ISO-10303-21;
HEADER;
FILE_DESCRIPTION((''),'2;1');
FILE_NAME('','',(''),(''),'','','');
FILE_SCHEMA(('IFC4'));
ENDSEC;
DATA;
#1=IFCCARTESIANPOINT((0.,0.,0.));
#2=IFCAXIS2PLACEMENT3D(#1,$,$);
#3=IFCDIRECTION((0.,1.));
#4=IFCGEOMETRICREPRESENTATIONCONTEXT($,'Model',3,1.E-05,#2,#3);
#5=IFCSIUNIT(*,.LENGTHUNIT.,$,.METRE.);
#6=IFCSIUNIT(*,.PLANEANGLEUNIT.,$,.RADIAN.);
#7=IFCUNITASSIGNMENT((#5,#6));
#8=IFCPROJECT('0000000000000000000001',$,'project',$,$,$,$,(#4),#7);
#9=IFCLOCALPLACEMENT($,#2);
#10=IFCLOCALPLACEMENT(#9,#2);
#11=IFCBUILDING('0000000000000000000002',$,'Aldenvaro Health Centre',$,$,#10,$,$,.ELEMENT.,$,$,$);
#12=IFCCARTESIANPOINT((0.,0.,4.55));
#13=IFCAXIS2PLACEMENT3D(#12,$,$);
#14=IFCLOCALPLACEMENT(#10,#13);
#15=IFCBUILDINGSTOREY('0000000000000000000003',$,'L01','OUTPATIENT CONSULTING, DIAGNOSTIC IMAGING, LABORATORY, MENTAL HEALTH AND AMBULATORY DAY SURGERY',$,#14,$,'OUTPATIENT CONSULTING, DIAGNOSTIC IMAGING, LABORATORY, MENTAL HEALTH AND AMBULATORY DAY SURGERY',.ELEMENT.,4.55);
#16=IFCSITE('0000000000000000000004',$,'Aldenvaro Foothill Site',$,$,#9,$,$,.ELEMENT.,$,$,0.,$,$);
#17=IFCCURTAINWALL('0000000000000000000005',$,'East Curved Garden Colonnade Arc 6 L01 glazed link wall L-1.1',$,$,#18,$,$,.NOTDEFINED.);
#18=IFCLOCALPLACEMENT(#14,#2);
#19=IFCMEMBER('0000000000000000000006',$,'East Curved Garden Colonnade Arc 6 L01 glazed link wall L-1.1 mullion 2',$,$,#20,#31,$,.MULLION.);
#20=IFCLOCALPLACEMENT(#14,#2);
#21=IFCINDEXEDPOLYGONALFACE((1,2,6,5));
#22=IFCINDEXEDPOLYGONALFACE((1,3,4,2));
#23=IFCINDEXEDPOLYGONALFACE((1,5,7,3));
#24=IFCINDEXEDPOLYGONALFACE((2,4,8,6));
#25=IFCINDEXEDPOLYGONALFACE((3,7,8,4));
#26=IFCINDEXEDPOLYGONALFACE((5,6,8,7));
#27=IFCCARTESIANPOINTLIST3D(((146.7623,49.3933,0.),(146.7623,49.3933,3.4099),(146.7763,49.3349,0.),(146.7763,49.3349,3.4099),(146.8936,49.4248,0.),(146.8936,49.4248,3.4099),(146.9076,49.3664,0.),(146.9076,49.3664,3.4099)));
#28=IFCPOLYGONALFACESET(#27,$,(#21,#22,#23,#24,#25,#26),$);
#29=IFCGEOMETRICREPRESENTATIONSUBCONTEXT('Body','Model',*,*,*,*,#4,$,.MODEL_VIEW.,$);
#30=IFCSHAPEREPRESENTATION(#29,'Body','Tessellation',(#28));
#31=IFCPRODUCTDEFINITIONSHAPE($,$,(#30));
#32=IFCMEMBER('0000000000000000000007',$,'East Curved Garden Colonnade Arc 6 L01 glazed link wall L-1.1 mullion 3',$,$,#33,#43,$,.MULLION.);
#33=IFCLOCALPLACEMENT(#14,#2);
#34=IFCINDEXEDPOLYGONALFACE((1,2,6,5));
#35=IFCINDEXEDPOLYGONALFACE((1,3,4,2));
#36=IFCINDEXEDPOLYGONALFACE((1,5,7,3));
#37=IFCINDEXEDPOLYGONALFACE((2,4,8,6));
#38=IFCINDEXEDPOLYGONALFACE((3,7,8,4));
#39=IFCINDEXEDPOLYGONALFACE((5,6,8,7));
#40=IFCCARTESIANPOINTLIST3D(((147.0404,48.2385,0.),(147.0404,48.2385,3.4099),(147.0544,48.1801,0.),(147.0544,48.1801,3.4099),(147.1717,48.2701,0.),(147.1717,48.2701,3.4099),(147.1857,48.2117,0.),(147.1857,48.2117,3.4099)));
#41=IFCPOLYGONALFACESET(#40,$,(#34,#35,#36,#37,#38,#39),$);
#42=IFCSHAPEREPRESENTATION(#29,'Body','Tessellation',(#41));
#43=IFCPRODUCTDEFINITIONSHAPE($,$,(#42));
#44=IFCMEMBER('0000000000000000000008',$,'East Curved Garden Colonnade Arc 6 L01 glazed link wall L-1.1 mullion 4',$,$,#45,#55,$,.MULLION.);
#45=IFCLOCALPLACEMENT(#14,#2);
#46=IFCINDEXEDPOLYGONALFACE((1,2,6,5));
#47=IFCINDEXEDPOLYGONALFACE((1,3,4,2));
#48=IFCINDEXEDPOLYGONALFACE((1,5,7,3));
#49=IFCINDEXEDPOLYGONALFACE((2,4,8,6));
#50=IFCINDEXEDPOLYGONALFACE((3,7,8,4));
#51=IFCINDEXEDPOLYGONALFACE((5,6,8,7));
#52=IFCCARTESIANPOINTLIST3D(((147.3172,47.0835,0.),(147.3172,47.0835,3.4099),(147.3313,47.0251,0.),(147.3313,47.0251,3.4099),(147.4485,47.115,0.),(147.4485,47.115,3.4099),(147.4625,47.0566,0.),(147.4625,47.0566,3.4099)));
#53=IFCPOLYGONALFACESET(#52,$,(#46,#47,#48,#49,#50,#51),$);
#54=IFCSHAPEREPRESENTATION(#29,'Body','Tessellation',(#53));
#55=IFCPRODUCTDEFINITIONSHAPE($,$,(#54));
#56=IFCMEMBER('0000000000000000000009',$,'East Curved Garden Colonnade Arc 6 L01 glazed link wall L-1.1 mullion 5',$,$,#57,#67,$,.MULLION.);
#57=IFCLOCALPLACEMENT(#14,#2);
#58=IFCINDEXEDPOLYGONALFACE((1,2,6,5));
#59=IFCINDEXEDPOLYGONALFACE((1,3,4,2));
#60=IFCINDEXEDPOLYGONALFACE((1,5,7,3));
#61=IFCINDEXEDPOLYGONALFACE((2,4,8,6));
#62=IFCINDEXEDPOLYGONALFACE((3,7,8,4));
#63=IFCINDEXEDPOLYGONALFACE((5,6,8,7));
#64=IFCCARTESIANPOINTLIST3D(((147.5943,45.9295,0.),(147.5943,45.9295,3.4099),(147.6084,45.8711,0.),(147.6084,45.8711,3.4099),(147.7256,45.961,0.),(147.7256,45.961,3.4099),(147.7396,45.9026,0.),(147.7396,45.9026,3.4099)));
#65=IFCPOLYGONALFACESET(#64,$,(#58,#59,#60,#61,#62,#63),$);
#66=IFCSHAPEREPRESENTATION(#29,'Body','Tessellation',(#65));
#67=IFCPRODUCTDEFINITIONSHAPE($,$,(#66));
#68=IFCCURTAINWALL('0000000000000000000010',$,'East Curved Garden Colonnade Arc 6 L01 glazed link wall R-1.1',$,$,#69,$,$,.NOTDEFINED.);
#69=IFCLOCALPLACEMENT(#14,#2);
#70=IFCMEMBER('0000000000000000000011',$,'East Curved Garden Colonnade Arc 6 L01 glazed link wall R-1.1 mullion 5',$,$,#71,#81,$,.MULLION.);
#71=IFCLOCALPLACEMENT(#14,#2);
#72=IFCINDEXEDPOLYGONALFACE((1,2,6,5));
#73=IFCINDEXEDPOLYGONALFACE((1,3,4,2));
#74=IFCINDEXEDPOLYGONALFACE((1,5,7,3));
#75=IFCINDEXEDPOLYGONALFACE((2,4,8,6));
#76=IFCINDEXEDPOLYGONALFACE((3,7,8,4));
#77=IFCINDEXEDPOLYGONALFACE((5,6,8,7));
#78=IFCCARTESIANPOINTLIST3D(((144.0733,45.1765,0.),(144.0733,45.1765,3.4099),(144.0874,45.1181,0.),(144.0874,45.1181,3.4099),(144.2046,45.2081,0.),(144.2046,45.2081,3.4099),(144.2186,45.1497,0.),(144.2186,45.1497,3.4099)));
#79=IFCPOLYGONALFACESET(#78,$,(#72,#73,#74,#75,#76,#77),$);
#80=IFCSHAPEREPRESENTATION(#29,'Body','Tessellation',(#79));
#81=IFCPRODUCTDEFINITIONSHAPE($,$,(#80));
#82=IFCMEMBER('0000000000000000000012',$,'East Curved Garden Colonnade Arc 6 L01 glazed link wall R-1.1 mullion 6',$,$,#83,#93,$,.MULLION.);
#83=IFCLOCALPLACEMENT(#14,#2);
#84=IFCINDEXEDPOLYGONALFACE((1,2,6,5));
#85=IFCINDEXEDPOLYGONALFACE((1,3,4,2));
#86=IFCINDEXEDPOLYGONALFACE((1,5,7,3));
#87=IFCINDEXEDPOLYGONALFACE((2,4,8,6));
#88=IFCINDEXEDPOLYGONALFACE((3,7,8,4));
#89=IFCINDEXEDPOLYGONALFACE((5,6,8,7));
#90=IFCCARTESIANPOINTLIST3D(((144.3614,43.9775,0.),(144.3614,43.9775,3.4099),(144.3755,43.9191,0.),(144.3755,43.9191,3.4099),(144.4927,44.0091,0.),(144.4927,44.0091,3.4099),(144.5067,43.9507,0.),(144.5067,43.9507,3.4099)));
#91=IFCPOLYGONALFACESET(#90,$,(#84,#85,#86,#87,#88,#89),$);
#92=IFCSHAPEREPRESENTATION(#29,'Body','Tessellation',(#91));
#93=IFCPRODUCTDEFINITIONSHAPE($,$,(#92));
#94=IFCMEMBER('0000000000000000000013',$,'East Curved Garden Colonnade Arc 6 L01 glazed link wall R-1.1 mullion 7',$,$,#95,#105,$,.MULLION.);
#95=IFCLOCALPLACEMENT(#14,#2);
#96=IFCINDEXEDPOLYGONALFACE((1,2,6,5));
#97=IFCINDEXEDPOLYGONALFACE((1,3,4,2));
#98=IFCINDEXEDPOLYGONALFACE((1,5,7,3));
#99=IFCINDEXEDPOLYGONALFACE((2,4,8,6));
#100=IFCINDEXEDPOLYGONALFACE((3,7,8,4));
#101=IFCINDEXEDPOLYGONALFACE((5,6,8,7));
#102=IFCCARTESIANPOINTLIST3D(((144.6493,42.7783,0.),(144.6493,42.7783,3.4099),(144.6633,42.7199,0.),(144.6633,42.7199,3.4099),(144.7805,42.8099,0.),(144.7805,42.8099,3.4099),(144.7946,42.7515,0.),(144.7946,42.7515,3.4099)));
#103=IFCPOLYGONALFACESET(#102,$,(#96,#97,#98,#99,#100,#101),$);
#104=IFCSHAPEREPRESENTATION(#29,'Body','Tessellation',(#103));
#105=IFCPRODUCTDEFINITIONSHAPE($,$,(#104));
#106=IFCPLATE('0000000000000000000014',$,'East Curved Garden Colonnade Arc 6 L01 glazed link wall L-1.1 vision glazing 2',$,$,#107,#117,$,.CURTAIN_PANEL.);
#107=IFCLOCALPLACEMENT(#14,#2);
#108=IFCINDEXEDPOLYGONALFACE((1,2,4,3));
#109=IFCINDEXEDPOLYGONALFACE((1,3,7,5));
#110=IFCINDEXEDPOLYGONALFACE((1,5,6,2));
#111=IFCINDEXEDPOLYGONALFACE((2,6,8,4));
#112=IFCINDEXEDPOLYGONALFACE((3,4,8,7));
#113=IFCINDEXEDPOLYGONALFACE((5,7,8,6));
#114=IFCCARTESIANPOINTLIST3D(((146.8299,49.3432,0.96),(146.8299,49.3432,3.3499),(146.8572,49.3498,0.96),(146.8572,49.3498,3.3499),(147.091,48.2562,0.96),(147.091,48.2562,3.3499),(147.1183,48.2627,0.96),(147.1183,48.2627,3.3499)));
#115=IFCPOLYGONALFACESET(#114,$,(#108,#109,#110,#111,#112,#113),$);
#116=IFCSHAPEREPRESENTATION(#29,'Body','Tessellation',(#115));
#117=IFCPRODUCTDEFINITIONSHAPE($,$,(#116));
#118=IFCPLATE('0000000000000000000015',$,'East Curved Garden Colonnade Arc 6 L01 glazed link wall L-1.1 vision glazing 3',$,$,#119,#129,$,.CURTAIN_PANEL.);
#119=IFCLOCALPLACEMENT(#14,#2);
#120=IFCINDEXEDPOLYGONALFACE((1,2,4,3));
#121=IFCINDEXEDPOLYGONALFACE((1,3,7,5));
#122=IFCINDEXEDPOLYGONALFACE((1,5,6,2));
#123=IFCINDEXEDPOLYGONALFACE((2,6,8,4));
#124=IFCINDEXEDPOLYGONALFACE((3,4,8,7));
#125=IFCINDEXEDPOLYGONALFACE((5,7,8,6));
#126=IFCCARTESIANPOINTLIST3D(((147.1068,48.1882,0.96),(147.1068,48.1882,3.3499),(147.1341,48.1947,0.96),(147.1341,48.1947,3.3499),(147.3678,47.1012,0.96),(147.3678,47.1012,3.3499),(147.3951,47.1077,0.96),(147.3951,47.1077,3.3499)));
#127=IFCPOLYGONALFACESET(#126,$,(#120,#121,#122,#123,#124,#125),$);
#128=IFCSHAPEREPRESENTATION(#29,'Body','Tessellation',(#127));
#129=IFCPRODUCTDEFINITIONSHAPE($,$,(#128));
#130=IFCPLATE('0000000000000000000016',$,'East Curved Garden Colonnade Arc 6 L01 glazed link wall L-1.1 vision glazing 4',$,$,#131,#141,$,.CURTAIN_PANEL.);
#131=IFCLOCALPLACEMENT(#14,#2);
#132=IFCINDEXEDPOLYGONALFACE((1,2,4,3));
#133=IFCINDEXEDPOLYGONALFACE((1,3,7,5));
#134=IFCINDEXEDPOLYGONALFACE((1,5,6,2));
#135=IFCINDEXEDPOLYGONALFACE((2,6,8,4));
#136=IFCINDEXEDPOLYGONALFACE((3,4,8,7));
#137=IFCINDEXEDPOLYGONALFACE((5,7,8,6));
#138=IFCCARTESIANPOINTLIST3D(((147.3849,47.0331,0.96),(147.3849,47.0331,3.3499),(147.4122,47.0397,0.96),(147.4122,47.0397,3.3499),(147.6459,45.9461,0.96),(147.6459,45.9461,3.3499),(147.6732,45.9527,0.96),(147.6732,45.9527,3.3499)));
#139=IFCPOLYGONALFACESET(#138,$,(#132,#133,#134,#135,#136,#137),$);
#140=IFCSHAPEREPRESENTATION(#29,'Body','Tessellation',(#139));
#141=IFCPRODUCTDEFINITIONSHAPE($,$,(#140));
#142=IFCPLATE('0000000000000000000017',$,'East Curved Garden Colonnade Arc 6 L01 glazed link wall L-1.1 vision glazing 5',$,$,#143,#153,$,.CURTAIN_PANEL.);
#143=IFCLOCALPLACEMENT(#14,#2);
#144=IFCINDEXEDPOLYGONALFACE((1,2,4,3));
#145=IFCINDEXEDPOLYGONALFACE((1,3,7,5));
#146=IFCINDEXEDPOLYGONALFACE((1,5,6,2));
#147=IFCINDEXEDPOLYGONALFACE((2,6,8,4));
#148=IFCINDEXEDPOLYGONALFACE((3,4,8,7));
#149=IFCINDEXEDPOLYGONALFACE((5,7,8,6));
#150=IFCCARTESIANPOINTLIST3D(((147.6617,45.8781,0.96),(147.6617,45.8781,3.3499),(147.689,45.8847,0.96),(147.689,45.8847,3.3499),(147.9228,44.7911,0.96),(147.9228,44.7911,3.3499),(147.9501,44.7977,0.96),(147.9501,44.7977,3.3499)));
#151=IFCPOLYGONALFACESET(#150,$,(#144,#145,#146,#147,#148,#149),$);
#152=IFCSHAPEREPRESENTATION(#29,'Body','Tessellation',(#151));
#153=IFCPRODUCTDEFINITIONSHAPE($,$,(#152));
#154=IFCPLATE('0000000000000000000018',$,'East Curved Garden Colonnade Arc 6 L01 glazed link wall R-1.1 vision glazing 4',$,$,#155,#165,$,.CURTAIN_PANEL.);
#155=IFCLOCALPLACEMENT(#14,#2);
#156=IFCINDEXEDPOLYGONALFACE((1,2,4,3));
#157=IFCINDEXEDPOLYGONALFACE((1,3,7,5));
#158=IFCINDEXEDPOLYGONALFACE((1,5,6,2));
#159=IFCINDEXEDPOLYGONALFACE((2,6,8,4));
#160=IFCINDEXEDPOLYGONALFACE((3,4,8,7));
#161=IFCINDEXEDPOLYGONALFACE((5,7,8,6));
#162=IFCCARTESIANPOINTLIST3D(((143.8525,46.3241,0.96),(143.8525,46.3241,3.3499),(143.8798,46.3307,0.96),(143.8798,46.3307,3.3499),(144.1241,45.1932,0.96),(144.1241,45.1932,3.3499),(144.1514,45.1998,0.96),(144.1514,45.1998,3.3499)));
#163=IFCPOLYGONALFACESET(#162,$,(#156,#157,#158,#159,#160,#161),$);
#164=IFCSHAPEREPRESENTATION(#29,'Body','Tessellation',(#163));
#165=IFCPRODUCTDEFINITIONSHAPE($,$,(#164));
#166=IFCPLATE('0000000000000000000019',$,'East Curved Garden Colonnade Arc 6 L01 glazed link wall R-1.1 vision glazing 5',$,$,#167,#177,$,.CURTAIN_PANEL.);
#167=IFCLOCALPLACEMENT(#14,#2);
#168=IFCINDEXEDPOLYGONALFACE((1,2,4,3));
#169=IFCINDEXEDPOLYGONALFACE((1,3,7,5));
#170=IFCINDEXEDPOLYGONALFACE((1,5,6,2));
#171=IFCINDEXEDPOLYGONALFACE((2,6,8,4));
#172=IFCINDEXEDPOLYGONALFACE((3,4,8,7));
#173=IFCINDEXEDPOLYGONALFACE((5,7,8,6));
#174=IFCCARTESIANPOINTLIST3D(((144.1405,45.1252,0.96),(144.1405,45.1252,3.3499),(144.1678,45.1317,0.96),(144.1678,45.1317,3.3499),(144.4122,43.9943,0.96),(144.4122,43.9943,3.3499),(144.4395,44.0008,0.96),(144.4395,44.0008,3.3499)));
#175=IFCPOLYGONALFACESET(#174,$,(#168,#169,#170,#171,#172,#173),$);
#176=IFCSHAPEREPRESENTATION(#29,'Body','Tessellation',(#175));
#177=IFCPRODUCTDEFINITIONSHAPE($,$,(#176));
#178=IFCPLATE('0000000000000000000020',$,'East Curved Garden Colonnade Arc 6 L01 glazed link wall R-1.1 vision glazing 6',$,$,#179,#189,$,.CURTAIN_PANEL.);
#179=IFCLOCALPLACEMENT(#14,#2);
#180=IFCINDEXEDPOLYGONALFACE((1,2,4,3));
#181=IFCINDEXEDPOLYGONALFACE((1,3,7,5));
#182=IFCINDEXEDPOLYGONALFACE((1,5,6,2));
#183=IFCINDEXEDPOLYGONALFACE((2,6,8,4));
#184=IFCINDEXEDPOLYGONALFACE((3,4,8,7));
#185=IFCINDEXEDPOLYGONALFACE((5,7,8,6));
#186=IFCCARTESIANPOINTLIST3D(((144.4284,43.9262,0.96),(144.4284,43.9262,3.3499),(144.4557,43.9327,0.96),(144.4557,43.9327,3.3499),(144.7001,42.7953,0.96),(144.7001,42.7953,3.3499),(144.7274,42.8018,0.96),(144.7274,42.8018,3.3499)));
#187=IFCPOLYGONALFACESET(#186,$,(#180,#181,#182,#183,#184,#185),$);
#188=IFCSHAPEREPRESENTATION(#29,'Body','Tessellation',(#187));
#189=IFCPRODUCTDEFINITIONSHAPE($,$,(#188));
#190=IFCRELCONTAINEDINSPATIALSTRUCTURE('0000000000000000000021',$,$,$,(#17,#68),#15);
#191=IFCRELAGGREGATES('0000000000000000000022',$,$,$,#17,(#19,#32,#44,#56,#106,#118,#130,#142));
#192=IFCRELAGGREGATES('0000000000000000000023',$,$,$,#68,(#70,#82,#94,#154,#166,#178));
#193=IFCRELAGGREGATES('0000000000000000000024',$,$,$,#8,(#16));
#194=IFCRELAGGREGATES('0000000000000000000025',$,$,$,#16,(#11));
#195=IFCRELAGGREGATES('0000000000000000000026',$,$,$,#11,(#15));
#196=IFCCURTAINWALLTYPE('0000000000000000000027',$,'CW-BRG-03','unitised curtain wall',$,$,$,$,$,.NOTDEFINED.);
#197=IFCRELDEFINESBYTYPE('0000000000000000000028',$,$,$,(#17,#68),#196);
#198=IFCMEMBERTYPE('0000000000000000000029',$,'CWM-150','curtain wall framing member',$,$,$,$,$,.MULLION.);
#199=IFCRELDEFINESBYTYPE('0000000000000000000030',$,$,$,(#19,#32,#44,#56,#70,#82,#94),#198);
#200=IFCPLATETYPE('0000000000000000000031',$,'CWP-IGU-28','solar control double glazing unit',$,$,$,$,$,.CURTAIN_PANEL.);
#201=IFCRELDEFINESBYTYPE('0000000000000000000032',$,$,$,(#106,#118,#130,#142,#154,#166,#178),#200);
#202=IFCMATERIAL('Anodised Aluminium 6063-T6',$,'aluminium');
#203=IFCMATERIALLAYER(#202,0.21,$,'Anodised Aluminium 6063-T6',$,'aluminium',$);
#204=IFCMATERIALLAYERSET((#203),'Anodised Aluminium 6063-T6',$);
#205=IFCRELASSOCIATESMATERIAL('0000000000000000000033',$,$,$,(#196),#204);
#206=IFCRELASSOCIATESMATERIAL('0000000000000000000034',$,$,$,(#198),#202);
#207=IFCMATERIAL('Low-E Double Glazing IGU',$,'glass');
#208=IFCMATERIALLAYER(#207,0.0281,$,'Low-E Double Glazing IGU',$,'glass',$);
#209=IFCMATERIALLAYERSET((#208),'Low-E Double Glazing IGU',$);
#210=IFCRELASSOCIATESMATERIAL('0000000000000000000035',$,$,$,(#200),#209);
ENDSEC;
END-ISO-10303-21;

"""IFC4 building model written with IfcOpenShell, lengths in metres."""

from ifc_helpers import new_model, si_unit, direction, frame, origin, origin_2d, place, context, subcontext, project, spatial, rectangle, extrude, material, layer, layer_set, material_profile, profile_set, type_object, element, aggregate, save


model = new_model("IFC4")

# Units and contexts
model_context = context("Model", 3, precision=1e-05, world=origin(), true_north=direction((0.0, 1.0)))
body_context = subcontext(model_context, "Body", "Model", "MODEL_VIEW")
ifc_project = project(units=[si_unit("LENGTHUNIT", "METRE"), si_unit("PLANEANGLEUNIT", "RADIAN")], contexts=[model_context])

# Site, building, storey
site_placement = place(None, origin())
site = spatial("IfcSite", under=ifc_project, at=site_placement, Name="Aldenvaro Foothill Site", CompositionType="ELEMENT", RefElevation=0.0)
building_placement = place(site_placement, origin())
building = spatial("IfcBuilding", under=site, at=building_placement, Name="Aldenvaro Health Centre", CompositionType="ELEMENT")
storey_placement = place(building_placement, frame((0.0, 0.0, 4.55)))
storey = spatial("IfcBuildingStorey", under=building, at=storey_placement, Name="L01", Description="OUTPATIENT CONSULTING, DIAGNOSTIC IMAGING, LABORATORY, MENTAL HEALTH AND AMBULATORY DAY SURGERY", LongName="OUTPATIENT CONSULTING, DIAGNOSTIC IMAGING, LABORATORY, MENTAL HEALTH AND AMBULATORY DAY SURGERY", CompositionType="ELEMENT", Elevation=4.55)

# Curtain walls, members
ifc_material_1 = material(Name="Anodised Aluminium 6063-T6", Category="aluminium")
ifc_layer_1 = layer(ifc_material_1, 0.21, Name="Anodised Aluminium 6063-T6", Category="aluminium")
ifc_layer_set_1 = layer_set([ifc_layer_1], Name="Anodised Aluminium 6063-T6")
curtain_wall_type = type_object("IfcCurtainWallType", Name="CW-BRG-03", Description="unitised curtain wall", PredefinedType="NOTDEFINED", material=ifc_layer_set_1)
curtain_wall_1_placement = place(storey_placement, origin())
curtain_wall_1 = element("IfcCurtainWall", 1, at=curtain_wall_1_placement, inside=storey, type_object=curtain_wall_type, Name="East Curved Garden Colonnade Arc 6 L01 glazed link wall L-1.1", PredefinedType="NOTDEFINED")
ifc_material_profile = material_profile(ifc_material_1, rectangle(XDim=0.0601, YDim=0.135, at=origin_2d()), Name="ALU 60x135", Category="aluminium")
ifc_profile_set = profile_set([ifc_material_profile], Name="Anodised Aluminium 6063-T6")
member_type = type_object("IfcMemberType", Name="CWM-150", Description="curtain wall framing member", PredefinedType="MULLION", material=ifc_profile_set)
member_1_placement = place(storey_placement, frame((146.835, 49.3799, 0.0), z_axis=(0.0, 0.0, 1.0), x_axis=(0.233511, -0.972354, 0.0)))
member_1 = element("IfcMember", 2, at=member_1_placement, type_object=member_type, Name="East Curved Garden Colonnade Arc 6 L01 glazed link wall L-1.1 mullion 2", PredefinedType="MULLION", context=body_context, shape_type="SweptSolid", body=[
    extrude(rectangle(XDim=0.0601, YDim=0.135, at=origin_2d()), origin(), (0.0, 0.0, 1.0), 3.4099),
])
member_2_placement = place(storey_placement, frame((147.113, 48.2251, 0.0), z_axis=(0.0, 0.0, 1.0), x_axis=(0.233511, -0.972354, 0.0)))
member_2 = element("IfcMember", 3, at=member_2_placement, type_object=member_type, Name="East Curved Garden Colonnade Arc 6 L01 glazed link wall L-1.1 mullion 3", PredefinedType="MULLION", context=body_context, shape_type="SweptSolid", body=[
    extrude(rectangle(XDim=0.0601, YDim=0.135, at=origin_2d()), origin(), (0.0, 0.0, 1.0), 3.4099),
])
member_3_placement = place(storey_placement, frame((147.3899, 47.0701, 0.0), z_axis=(0.0, 0.0, 1.0), x_axis=(0.233511, -0.972354, 0.0)))
member_3 = element("IfcMember", 4, at=member_3_placement, type_object=member_type, Name="East Curved Garden Colonnade Arc 6 L01 glazed link wall L-1.1 mullion 4", PredefinedType="MULLION", context=body_context, shape_type="SweptSolid", body=[
    extrude(rectangle(XDim=0.0601, YDim=0.135, at=origin_2d()), origin(), (0.0, 0.0, 1.0), 3.4099),
])
member_4_placement = place(storey_placement, frame((147.667, 45.916, 0.0), z_axis=(0.0, 0.0, 1.0), x_axis=(0.233511, -0.972354, 0.0)))
member_4 = element("IfcMember", 5, at=member_4_placement, type_object=member_type, Name="East Curved Garden Colonnade Arc 6 L01 glazed link wall L-1.1 mullion 5", PredefinedType="MULLION", context=body_context, shape_type="SweptSolid", body=[
    extrude(rectangle(XDim=0.0601, YDim=0.135, at=origin_2d()), origin(), (0.0, 0.0, 1.0), 3.4099),
])
curtain_wall_2_placement = place(storey_placement, origin())
curtain_wall_2 = element("IfcCurtainWall", 6, at=curtain_wall_2_placement, inside=storey, type_object=curtain_wall_type, Name="East Curved Garden Colonnade Arc 6 L01 glazed link wall R-1.1", PredefinedType="NOTDEFINED")
member_5_placement = place(storey_placement, frame((144.146, 45.1631, 0.0), z_axis=(0.0, 0.0, 1.0), x_axis=(0.233588, -0.972336, 0.0)))
member_5 = element("IfcMember", 7, at=member_5_placement, type_object=member_type, Name="East Curved Garden Colonnade Arc 6 L01 glazed link wall R-1.1 mullion 5", PredefinedType="MULLION", context=body_context, shape_type="SweptSolid", body=[
    extrude(rectangle(XDim=0.0601, YDim=0.135, at=origin_2d()), origin(), (0.0, 0.0, 1.0), 3.4099),
])
member_6_placement = place(storey_placement, frame((144.4341, 43.9641, 0.0), z_axis=(0.0, 0.0, 1.0), x_axis=(0.233588, -0.972336, 0.0)))
member_6 = element("IfcMember", 8, at=member_6_placement, type_object=member_type, Name="East Curved Garden Colonnade Arc 6 L01 glazed link wall R-1.1 mullion 6", PredefinedType="MULLION", context=body_context, shape_type="SweptSolid", body=[
    extrude(rectangle(XDim=0.0601, YDim=0.135, at=origin_2d()), origin(), (0.0, 0.0, 1.0), 3.4099),
])
member_7_placement = place(storey_placement, frame((144.7219, 42.7649, 0.0), z_axis=(0.0, 0.0, 1.0), x_axis=(0.233588, -0.972336, 0.0)))
member_7 = element("IfcMember", 9, at=member_7_placement, type_object=member_type, Name="East Curved Garden Colonnade Arc 6 L01 glazed link wall R-1.1 mullion 7", PredefinedType="MULLION", context=body_context, shape_type="SweptSolid", body=[
    extrude(rectangle(XDim=0.0601, YDim=0.135, at=origin_2d()), origin(), (0.0, 0.0, 1.0), 3.4099),
])

# Plates
ifc_material_2 = material(Name="Low-E Double Glazing IGU", Category="glass")
ifc_layer_2 = layer(ifc_material_2, 0.0281, Name="Low-E Double Glazing IGU", Category="glass")
ifc_layer_set_2 = layer_set([ifc_layer_2], Name="Low-E Double Glazing IGU")
plate_type_1 = type_object("IfcPlateType", Name="CWP-IGU-28", Description="solar control double glazing unit", PredefinedType="CURTAIN_PANEL", material=ifc_layer_set_2)
plate_1_placement = place(storey_placement, frame((146.9741, 48.803, 0.96), z_axis=(0.0, 0.0, 1.0), x_axis=(0.233511, -0.972354, 0.0)))
plate_1 = element("IfcPlate", 10, at=plate_1_placement, type_object=plate_type_1, Name="East Curved Garden Colonnade Arc 6 L01 glazed link wall L-1.1 vision glazing 2", PredefinedType="CURTAIN_PANEL", context=body_context, shape_type="SweptSolid", body=[
    extrude(rectangle(XDim=1.1179, YDim=0.0281, at=origin_2d()), origin(), (0.0, 0.0, 1.0), 2.3899),
])
plate_2_placement = place(storey_placement, frame((147.251, 47.6479, 0.96), z_axis=(0.0, 0.0, 1.0), x_axis=(0.233511, -0.972354, 0.0)))
plate_2 = element("IfcPlate", 11, at=plate_2_placement, type_object=plate_type_1, Name="East Curved Garden Colonnade Arc 6 L01 glazed link wall L-1.1 vision glazing 3", PredefinedType="CURTAIN_PANEL", context=body_context, shape_type="SweptSolid", body=[
    extrude(rectangle(XDim=1.1179, YDim=0.0281, at=origin_2d()), origin(), (0.0, 0.0, 1.0), 2.3899),
])
plate_3_placement = place(storey_placement, frame((147.5291, 46.4929, 0.96), z_axis=(0.0, 0.0, 1.0), x_axis=(0.233511, -0.972354, 0.0)))
plate_3 = element("IfcPlate", 12, at=plate_3_placement, type_object=plate_type_1, Name="East Curved Garden Colonnade Arc 6 L01 glazed link wall L-1.1 vision glazing 4", PredefinedType="CURTAIN_PANEL", context=body_context, shape_type="SweptSolid", body=[
    extrude(rectangle(XDim=1.1179, YDim=0.0281, at=origin_2d()), origin(), (0.0, 0.0, 1.0), 2.3899),
])
plate_4_placement = place(storey_placement, frame((147.8059, 45.3379, 0.96), z_axis=(0.0, 0.0, 1.0), x_axis=(0.233511, -0.972354, 0.0)))
plate_4 = element("IfcPlate", 13, at=plate_4_placement, type_object=plate_type_1, Name="East Curved Garden Colonnade Arc 6 L01 glazed link wall L-1.1 vision glazing 5", PredefinedType="CURTAIN_PANEL", context=body_context, shape_type="SweptSolid", body=[
    extrude(rectangle(XDim=1.1179, YDim=0.0281, at=origin_2d()), origin(), (0.0, 0.0, 1.0), 2.3899),
])
plate_5_placement = place(storey_placement, frame((144.002, 45.762, 0.96), z_axis=(0.0, 0.0, 1.0), x_axis=(0.233588, -0.972336, 0.0)))
plate_5 = element("IfcPlate", 14, at=plate_5_placement, type_object=plate_type_1, Name="East Curved Garden Colonnade Arc 6 L01 glazed link wall R-1.1 vision glazing 4", PredefinedType="CURTAIN_PANEL", context=body_context, shape_type="SweptSolid", body=[
    extrude(rectangle(XDim=1.1631, YDim=0.0281, at=origin_2d()), origin(), (0.0, 0.0, 1.0), 2.3899),
])
plate_6_placement = place(storey_placement, frame((144.29, 44.563, 0.96), z_axis=(0.0, 0.0, 1.0), x_axis=(0.233588, -0.972336, 0.0)))
plate_6 = element("IfcPlate", 15, at=plate_6_placement, type_object=plate_type_1, Name="East Curved Garden Colonnade Arc 6 L01 glazed link wall R-1.1 vision glazing 5", PredefinedType="CURTAIN_PANEL", context=body_context, shape_type="SweptSolid", body=[
    extrude(rectangle(XDim=1.1631, YDim=0.0281, at=origin_2d()), origin(), (0.0, 0.0, 1.0), 2.3899),
])
plate_7_placement = place(storey_placement, frame((144.5779, 43.364, 0.96), z_axis=(0.0, 0.0, 1.0), x_axis=(0.233588, -0.972336, 0.0)))
plate_7 = element("IfcPlate", 16, at=plate_7_placement, type_object=plate_type_1, Name="East Curved Garden Colonnade Arc 6 L01 glazed link wall R-1.1 vision glazing 6", PredefinedType="CURTAIN_PANEL", context=body_context, shape_type="SweptSolid", body=[
    extrude(rectangle(XDim=1.1631, YDim=0.0281, at=origin_2d()), origin(), (0.0, 0.0, 1.0), 2.3899),
])
aggregate(curtain_wall_1, [member_1, member_2, member_3, member_4, plate_1, plate_2, plate_3, plate_4])
aggregate(curtain_wall_2, [member_5, member_6, member_7, plate_5, plate_6, plate_7])

save(model, "model.ifc")
